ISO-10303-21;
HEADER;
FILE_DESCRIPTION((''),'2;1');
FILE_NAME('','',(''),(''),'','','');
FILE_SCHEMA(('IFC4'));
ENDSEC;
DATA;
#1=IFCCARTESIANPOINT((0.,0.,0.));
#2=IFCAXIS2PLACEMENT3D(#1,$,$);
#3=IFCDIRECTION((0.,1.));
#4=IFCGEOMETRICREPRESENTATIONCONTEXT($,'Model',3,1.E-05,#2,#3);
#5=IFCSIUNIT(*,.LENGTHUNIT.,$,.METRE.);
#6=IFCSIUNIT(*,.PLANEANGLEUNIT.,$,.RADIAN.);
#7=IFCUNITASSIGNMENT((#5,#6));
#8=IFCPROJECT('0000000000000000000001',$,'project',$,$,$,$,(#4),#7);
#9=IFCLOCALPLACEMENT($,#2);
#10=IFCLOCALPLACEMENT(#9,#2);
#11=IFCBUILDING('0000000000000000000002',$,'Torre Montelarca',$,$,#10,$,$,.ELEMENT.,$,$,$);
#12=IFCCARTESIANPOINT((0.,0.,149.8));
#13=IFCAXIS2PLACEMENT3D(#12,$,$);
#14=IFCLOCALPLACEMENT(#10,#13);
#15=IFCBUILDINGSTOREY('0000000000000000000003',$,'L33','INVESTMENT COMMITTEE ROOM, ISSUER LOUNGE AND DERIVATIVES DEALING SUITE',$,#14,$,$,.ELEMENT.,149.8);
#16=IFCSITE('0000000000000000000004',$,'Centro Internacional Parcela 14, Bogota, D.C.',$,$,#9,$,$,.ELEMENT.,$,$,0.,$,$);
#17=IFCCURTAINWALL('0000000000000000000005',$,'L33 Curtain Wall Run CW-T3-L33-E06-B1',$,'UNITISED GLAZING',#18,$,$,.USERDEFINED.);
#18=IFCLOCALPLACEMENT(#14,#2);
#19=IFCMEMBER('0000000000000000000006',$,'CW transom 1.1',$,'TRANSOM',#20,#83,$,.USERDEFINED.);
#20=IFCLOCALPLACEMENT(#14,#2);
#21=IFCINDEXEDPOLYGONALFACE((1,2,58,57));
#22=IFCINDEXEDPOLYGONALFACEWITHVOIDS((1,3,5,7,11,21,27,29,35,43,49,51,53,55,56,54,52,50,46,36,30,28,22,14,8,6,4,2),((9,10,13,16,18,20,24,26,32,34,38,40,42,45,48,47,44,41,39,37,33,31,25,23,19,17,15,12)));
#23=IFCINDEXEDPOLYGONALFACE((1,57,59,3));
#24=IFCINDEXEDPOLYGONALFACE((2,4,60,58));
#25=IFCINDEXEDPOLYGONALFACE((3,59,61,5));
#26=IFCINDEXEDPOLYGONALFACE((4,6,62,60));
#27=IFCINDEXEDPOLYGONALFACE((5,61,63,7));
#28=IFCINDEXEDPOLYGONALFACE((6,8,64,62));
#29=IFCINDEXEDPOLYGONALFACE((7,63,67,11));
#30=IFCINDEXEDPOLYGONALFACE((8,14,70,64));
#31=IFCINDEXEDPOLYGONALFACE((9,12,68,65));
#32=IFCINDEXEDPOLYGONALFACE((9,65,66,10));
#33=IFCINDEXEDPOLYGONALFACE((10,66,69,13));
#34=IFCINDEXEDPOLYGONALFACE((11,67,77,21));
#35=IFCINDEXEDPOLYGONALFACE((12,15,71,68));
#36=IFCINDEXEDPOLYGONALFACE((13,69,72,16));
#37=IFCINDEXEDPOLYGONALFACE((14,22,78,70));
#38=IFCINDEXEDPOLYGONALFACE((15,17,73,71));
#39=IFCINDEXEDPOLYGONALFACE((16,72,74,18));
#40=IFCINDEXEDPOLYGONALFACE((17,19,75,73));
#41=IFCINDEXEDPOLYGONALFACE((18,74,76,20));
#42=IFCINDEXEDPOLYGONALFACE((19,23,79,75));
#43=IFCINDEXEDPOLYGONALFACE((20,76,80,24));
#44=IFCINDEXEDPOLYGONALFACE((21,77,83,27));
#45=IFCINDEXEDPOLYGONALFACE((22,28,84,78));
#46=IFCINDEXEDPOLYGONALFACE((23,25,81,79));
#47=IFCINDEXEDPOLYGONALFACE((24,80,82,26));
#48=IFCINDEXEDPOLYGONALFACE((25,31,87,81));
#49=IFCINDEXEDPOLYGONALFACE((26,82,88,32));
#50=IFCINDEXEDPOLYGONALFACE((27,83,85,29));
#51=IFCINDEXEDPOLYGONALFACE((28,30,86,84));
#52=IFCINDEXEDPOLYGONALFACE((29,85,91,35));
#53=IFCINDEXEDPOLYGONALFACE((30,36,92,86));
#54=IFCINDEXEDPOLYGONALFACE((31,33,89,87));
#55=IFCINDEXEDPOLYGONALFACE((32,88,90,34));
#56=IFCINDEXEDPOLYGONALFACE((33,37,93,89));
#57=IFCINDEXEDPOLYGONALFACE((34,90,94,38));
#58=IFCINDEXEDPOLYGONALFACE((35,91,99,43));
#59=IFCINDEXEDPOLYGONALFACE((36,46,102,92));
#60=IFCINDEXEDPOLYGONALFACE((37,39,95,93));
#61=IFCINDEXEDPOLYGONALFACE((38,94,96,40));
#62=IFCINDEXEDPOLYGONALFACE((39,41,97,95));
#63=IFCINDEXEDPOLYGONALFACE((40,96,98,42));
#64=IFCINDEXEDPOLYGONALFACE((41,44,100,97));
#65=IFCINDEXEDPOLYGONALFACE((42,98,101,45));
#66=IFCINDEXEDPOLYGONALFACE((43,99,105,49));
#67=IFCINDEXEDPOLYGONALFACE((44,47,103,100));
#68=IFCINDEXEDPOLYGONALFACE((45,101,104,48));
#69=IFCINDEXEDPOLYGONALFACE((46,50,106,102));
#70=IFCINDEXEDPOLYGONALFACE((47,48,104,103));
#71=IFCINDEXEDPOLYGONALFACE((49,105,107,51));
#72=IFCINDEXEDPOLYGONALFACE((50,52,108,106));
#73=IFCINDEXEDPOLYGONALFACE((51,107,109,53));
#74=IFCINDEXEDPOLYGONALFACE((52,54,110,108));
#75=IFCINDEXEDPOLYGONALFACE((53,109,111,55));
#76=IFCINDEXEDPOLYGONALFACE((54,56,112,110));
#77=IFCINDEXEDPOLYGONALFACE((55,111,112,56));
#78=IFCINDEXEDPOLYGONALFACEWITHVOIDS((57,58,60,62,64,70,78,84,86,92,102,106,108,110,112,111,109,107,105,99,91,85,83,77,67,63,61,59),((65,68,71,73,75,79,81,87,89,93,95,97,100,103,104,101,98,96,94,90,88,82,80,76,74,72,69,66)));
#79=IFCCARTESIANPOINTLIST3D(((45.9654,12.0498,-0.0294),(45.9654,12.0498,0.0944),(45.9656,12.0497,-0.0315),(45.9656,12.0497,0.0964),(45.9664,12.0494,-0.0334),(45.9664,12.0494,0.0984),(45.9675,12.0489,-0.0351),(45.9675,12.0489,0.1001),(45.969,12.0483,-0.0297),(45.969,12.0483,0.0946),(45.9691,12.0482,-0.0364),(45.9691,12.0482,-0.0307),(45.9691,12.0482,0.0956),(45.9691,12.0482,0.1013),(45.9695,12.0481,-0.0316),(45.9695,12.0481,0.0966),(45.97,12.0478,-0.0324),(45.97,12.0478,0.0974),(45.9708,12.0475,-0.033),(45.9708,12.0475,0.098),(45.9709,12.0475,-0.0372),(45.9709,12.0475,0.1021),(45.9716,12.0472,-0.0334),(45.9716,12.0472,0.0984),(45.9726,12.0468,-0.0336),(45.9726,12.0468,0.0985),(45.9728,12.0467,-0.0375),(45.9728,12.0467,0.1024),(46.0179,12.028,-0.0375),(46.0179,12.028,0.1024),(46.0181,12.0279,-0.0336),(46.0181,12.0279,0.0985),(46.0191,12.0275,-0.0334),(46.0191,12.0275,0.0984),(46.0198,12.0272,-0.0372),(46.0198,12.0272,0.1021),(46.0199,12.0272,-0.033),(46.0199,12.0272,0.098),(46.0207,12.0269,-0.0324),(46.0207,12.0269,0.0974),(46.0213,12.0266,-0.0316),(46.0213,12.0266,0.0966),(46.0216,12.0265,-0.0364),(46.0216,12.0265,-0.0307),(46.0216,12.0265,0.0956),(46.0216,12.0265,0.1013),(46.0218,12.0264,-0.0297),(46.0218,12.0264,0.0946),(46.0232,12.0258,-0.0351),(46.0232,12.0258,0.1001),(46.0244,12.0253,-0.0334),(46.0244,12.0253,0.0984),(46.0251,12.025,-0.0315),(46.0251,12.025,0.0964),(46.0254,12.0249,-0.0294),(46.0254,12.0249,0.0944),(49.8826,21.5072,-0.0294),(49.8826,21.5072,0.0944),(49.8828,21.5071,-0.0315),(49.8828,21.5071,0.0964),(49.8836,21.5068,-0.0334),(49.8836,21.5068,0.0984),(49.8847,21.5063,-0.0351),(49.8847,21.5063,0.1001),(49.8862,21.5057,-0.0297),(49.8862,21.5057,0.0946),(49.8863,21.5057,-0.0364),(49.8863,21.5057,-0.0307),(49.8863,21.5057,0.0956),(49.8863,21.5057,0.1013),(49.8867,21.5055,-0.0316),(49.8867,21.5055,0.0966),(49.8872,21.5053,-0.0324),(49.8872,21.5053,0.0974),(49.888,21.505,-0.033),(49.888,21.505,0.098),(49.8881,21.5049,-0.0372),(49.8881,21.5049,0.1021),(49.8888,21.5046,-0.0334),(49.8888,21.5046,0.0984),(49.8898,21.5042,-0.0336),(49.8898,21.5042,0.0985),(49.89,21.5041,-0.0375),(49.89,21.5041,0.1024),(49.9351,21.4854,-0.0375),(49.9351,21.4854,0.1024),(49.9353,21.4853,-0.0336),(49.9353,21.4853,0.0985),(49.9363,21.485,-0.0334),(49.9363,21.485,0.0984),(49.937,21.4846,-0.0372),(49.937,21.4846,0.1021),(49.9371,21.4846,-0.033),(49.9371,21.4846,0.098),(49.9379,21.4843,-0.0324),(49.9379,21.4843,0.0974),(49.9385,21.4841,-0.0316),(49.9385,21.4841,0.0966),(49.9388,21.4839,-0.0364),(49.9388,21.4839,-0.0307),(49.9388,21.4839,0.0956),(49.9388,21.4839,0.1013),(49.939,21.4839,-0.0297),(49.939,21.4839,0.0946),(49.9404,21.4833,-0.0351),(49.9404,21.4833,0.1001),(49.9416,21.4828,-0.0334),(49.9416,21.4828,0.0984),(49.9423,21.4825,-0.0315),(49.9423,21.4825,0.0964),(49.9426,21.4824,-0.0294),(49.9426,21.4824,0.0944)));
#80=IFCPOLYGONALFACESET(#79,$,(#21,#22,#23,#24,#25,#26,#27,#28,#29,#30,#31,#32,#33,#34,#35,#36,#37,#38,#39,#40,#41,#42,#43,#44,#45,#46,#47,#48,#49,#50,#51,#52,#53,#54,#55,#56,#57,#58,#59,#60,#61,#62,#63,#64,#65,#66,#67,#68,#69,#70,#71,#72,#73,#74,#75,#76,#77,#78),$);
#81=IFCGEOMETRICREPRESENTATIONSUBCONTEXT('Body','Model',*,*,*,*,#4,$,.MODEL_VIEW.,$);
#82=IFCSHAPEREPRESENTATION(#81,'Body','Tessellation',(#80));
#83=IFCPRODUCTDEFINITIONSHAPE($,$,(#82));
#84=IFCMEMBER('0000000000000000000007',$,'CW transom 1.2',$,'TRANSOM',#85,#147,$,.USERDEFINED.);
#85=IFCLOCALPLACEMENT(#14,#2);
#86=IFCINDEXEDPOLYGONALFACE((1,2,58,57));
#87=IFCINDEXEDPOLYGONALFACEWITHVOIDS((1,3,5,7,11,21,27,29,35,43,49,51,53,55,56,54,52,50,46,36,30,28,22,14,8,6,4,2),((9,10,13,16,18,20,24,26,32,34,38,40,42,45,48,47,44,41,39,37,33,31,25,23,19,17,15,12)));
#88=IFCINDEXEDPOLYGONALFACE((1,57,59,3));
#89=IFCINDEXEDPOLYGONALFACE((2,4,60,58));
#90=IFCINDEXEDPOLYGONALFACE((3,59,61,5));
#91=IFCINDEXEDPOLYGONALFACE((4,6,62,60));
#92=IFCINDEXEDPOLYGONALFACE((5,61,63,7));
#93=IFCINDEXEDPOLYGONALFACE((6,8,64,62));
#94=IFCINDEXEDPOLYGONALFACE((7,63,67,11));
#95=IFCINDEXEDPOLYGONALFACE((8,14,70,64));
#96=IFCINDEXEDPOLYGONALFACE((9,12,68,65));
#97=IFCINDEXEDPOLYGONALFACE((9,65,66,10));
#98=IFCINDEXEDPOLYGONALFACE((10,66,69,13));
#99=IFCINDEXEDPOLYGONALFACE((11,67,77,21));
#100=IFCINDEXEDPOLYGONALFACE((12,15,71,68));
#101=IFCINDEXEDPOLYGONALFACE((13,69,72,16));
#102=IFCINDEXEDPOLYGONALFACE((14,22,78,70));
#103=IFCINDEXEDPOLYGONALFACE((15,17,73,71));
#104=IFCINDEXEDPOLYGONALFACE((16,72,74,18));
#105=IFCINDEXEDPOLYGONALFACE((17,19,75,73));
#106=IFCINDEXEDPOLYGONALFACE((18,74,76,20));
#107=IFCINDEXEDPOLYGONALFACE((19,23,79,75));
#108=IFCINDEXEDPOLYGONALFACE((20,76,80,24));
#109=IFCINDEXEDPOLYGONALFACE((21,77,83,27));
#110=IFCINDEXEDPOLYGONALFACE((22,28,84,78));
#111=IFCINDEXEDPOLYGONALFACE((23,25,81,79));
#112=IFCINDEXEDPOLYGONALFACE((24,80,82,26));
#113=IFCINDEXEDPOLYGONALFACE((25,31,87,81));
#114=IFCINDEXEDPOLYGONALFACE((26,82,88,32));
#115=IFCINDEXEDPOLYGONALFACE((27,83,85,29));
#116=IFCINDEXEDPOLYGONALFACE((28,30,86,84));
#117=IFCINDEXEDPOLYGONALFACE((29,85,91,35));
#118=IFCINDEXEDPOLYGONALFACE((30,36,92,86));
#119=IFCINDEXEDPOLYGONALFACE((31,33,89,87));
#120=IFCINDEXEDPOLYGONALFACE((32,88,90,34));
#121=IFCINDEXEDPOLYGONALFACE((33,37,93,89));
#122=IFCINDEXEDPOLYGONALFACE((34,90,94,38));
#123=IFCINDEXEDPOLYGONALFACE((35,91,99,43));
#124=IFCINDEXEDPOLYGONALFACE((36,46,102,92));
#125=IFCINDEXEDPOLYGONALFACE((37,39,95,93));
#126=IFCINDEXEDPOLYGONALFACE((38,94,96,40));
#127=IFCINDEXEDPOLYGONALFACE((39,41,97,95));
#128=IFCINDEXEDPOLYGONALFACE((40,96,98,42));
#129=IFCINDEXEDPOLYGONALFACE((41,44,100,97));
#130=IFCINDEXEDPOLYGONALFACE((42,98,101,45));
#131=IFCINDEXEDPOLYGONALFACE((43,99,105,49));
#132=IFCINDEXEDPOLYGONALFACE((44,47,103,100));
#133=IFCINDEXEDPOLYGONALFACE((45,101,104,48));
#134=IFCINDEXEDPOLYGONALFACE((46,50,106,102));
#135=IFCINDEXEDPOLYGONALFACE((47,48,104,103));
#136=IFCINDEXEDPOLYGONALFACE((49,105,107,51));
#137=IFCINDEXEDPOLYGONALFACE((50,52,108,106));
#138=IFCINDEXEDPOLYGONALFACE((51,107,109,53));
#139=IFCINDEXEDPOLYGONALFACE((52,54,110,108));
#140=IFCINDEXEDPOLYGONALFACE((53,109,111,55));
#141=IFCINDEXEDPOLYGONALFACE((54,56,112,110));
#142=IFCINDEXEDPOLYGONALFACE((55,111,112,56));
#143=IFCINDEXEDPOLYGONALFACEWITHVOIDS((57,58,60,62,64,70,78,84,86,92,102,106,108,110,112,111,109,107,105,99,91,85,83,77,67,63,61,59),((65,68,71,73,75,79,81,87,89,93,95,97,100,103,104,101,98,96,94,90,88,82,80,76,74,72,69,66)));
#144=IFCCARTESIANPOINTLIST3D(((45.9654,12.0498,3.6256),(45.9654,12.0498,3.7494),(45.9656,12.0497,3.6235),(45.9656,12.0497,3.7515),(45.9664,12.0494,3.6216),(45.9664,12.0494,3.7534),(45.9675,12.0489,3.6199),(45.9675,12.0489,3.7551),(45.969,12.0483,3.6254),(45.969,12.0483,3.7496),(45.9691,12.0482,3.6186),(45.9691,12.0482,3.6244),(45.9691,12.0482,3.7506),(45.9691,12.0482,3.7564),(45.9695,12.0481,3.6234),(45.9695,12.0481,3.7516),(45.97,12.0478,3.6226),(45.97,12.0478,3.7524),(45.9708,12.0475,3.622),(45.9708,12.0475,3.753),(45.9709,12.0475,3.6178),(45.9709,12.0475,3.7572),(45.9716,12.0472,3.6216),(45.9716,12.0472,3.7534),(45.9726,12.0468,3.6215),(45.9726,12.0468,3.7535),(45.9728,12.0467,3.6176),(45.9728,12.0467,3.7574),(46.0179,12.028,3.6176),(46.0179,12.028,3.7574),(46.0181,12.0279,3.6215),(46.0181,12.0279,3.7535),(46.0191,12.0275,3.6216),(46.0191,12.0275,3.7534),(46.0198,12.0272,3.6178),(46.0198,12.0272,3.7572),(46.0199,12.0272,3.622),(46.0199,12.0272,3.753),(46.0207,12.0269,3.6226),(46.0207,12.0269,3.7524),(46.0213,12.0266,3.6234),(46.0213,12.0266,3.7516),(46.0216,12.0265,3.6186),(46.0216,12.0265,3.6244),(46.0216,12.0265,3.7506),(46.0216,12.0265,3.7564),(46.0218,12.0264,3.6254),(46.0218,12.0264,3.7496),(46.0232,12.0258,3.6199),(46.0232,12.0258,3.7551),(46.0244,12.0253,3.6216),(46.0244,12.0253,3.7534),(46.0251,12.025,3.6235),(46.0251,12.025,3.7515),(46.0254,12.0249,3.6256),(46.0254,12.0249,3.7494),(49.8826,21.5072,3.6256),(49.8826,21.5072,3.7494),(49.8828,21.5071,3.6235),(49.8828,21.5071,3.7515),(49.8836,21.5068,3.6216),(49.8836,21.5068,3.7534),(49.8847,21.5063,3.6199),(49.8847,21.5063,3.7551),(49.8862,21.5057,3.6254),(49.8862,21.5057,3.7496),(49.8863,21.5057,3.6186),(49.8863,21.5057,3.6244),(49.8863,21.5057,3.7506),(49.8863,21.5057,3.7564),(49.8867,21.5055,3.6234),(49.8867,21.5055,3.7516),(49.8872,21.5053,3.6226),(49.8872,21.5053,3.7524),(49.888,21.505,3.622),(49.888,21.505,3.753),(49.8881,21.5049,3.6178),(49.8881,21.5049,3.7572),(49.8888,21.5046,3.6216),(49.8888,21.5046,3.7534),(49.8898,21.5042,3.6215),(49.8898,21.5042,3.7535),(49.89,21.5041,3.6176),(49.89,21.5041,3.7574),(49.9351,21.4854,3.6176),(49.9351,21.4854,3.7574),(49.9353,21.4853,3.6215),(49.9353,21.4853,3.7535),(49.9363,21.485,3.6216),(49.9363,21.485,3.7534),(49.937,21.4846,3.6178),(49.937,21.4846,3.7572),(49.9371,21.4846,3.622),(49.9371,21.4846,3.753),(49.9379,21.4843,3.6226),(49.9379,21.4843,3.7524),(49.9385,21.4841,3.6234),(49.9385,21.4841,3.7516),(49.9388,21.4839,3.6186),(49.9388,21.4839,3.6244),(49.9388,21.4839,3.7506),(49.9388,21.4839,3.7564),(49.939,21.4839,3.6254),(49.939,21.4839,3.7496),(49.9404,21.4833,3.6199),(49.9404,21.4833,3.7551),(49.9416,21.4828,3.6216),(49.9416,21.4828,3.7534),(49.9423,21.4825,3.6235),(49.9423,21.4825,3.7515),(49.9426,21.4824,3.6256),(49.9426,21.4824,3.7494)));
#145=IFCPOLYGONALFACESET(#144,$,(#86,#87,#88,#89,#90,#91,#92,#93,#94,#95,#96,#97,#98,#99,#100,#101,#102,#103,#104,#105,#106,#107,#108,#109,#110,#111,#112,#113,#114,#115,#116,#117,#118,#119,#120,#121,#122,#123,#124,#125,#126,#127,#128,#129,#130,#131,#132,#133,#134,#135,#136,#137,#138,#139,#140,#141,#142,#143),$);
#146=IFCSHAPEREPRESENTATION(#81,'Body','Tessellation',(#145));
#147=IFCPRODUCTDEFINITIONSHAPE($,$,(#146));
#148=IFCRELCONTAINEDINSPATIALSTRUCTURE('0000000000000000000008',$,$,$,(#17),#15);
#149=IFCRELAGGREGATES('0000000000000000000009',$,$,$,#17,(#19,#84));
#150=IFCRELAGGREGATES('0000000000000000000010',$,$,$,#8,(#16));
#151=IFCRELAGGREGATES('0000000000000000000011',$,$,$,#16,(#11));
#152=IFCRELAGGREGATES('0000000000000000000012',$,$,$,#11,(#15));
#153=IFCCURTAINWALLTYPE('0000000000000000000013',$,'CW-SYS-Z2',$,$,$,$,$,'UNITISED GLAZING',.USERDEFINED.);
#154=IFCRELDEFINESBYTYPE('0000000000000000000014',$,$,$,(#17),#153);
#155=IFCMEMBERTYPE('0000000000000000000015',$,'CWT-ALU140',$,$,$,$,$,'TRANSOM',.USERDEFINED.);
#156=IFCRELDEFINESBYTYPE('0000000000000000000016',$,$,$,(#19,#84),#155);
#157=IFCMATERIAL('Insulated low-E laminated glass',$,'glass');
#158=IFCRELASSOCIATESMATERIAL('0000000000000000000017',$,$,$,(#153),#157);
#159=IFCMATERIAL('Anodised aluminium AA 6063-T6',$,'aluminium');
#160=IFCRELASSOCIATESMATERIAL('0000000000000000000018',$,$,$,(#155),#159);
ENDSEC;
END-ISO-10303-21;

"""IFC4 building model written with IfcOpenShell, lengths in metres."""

from ifc_helpers import new_model, si_unit, direction, frame, origin, origin_2d, place, context, subcontext, project, spatial, hollow_rectangle, extrude, source, transform, mapped, material, material_profile, profile_set, type_object, element, aggregate, save


model = new_model("IFC4")

# Units and contexts
model_context = context("Model", 3, precision=1e-05, world=origin(), true_north=direction((0.0, 1.0)))
body_context = subcontext(model_context, "Body", "Model", "MODEL_VIEW")
ifc_project = project(units=[si_unit("LENGTHUNIT", "METRE"), si_unit("PLANEANGLEUNIT", "RADIAN")], contexts=[model_context])

# Site, building, storey
site_placement = place(None, origin())
site = spatial("IfcSite", under=ifc_project, at=site_placement, Name="Centro Internacional Parcela 14, Bogota, D.C.", CompositionType="ELEMENT", RefElevation=0.0)
building_placement = place(site_placement, origin())
building = spatial("IfcBuilding", under=site, at=building_placement, Name="Torre Montelarca", CompositionType="ELEMENT")
storey_placement = place(building_placement, frame((0.0, 0.0, 149.8)))
storey = spatial("IfcBuildingStorey", under=building, at=storey_placement, Name="L33", Description="INVESTMENT COMMITTEE ROOM, ISSUER LOUNGE AND DERIVATIVES DEALING SUITE", CompositionType="ELEMENT", Elevation=149.8)

# Curtain wall, members
ifc_material_1 = material(Name="Insulated low-E laminated glass", Category="glass")
curtain_wall_type = type_object("IfcCurtainWallType", Name="CW-SYS-Z2", ElementType="UNITISED GLAZING", PredefinedType="USERDEFINED", material=ifc_material_1)
ifc_material_2 = material(Name="Anodised aluminium AA 6063-T6", Category="aluminium")
ifc_material_profile_1 = material_profile(ifc_material_2, hollow_rectangle(XDim=0.0649, YDim=0.1399, WallThickness=0.0039, InnerFilletRadius=0.0039, OuterFilletRadius=0.0081, at=origin_2d()), Name="ALU65X140X4", Category="aluminium")
ifc_profile_set_1 = profile_set([ifc_material_profile_1], Name="Anodised aluminium AA 6063-T6")
member_type_1 = type_object("IfcMemberType", Name="CWT-ALU140", ElementType="TRANSOM", PredefinedType="USERDEFINED", material=ifc_profile_set_1)
curtain_wall_1_placement = place(storey_placement, origin())
curtain_wall_1 = element("IfcCurtainWall", 1, at=curtain_wall_1_placement, inside=storey, type_object=curtain_wall_type, Name="L33 Curtain Wall Run CW-T3-L33-E06-B1", ObjectType="UNITISED GLAZING", PredefinedType="USERDEFINED")
shared_shape_1 = source(origin(), body_context, "Body", "SweptSolid", [
    extrude(hollow_rectangle(XDim=0.0649, YDim=0.1399, WallThickness=0.0039, InnerFilletRadius=0.0039, OuterFilletRadius=0.0081, at=origin_2d()), origin(), (0.0, 0.0, 1.0), 10.2366),
])
member_1_placement = place(storey_placement, frame((45.9954, 12.0374, 0.0325), z_axis=(0.382667, 0.923886, 0.0), x_axis=(-0.923886, 0.382667, 0.0)))
member_1 = element("IfcMember", 2, at=member_1_placement, type_object=member_type_1, Name="CW transom 1.1", ObjectType="TRANSOM", PredefinedType="USERDEFINED", context=body_context, shape_type="MappedRepresentation", body=[
    mapped(shared_shape_1, transform((0.0, 0.0, 0.0), scale=1.0)),
])
member_2_placement = place(storey_placement, frame((45.9954, 12.0374, 3.6875), z_axis=(0.382667, 0.923886, 0.0), x_axis=(-0.923886, 0.382667, 0.0)))
member_2 = element("IfcMember", 3, at=member_2_placement, type_object=member_type_1, Name="CW transom 1.2", ObjectType="TRANSOM", PredefinedType="USERDEFINED", context=body_context, shape_type="MappedRepresentation", body=[
    mapped(shared_shape_1, transform((0.0, 0.0, 0.0), scale=1.0)),
])

aggregate(curtain_wall_1, [member_1, member_2])

save(model, "model.ifc")
